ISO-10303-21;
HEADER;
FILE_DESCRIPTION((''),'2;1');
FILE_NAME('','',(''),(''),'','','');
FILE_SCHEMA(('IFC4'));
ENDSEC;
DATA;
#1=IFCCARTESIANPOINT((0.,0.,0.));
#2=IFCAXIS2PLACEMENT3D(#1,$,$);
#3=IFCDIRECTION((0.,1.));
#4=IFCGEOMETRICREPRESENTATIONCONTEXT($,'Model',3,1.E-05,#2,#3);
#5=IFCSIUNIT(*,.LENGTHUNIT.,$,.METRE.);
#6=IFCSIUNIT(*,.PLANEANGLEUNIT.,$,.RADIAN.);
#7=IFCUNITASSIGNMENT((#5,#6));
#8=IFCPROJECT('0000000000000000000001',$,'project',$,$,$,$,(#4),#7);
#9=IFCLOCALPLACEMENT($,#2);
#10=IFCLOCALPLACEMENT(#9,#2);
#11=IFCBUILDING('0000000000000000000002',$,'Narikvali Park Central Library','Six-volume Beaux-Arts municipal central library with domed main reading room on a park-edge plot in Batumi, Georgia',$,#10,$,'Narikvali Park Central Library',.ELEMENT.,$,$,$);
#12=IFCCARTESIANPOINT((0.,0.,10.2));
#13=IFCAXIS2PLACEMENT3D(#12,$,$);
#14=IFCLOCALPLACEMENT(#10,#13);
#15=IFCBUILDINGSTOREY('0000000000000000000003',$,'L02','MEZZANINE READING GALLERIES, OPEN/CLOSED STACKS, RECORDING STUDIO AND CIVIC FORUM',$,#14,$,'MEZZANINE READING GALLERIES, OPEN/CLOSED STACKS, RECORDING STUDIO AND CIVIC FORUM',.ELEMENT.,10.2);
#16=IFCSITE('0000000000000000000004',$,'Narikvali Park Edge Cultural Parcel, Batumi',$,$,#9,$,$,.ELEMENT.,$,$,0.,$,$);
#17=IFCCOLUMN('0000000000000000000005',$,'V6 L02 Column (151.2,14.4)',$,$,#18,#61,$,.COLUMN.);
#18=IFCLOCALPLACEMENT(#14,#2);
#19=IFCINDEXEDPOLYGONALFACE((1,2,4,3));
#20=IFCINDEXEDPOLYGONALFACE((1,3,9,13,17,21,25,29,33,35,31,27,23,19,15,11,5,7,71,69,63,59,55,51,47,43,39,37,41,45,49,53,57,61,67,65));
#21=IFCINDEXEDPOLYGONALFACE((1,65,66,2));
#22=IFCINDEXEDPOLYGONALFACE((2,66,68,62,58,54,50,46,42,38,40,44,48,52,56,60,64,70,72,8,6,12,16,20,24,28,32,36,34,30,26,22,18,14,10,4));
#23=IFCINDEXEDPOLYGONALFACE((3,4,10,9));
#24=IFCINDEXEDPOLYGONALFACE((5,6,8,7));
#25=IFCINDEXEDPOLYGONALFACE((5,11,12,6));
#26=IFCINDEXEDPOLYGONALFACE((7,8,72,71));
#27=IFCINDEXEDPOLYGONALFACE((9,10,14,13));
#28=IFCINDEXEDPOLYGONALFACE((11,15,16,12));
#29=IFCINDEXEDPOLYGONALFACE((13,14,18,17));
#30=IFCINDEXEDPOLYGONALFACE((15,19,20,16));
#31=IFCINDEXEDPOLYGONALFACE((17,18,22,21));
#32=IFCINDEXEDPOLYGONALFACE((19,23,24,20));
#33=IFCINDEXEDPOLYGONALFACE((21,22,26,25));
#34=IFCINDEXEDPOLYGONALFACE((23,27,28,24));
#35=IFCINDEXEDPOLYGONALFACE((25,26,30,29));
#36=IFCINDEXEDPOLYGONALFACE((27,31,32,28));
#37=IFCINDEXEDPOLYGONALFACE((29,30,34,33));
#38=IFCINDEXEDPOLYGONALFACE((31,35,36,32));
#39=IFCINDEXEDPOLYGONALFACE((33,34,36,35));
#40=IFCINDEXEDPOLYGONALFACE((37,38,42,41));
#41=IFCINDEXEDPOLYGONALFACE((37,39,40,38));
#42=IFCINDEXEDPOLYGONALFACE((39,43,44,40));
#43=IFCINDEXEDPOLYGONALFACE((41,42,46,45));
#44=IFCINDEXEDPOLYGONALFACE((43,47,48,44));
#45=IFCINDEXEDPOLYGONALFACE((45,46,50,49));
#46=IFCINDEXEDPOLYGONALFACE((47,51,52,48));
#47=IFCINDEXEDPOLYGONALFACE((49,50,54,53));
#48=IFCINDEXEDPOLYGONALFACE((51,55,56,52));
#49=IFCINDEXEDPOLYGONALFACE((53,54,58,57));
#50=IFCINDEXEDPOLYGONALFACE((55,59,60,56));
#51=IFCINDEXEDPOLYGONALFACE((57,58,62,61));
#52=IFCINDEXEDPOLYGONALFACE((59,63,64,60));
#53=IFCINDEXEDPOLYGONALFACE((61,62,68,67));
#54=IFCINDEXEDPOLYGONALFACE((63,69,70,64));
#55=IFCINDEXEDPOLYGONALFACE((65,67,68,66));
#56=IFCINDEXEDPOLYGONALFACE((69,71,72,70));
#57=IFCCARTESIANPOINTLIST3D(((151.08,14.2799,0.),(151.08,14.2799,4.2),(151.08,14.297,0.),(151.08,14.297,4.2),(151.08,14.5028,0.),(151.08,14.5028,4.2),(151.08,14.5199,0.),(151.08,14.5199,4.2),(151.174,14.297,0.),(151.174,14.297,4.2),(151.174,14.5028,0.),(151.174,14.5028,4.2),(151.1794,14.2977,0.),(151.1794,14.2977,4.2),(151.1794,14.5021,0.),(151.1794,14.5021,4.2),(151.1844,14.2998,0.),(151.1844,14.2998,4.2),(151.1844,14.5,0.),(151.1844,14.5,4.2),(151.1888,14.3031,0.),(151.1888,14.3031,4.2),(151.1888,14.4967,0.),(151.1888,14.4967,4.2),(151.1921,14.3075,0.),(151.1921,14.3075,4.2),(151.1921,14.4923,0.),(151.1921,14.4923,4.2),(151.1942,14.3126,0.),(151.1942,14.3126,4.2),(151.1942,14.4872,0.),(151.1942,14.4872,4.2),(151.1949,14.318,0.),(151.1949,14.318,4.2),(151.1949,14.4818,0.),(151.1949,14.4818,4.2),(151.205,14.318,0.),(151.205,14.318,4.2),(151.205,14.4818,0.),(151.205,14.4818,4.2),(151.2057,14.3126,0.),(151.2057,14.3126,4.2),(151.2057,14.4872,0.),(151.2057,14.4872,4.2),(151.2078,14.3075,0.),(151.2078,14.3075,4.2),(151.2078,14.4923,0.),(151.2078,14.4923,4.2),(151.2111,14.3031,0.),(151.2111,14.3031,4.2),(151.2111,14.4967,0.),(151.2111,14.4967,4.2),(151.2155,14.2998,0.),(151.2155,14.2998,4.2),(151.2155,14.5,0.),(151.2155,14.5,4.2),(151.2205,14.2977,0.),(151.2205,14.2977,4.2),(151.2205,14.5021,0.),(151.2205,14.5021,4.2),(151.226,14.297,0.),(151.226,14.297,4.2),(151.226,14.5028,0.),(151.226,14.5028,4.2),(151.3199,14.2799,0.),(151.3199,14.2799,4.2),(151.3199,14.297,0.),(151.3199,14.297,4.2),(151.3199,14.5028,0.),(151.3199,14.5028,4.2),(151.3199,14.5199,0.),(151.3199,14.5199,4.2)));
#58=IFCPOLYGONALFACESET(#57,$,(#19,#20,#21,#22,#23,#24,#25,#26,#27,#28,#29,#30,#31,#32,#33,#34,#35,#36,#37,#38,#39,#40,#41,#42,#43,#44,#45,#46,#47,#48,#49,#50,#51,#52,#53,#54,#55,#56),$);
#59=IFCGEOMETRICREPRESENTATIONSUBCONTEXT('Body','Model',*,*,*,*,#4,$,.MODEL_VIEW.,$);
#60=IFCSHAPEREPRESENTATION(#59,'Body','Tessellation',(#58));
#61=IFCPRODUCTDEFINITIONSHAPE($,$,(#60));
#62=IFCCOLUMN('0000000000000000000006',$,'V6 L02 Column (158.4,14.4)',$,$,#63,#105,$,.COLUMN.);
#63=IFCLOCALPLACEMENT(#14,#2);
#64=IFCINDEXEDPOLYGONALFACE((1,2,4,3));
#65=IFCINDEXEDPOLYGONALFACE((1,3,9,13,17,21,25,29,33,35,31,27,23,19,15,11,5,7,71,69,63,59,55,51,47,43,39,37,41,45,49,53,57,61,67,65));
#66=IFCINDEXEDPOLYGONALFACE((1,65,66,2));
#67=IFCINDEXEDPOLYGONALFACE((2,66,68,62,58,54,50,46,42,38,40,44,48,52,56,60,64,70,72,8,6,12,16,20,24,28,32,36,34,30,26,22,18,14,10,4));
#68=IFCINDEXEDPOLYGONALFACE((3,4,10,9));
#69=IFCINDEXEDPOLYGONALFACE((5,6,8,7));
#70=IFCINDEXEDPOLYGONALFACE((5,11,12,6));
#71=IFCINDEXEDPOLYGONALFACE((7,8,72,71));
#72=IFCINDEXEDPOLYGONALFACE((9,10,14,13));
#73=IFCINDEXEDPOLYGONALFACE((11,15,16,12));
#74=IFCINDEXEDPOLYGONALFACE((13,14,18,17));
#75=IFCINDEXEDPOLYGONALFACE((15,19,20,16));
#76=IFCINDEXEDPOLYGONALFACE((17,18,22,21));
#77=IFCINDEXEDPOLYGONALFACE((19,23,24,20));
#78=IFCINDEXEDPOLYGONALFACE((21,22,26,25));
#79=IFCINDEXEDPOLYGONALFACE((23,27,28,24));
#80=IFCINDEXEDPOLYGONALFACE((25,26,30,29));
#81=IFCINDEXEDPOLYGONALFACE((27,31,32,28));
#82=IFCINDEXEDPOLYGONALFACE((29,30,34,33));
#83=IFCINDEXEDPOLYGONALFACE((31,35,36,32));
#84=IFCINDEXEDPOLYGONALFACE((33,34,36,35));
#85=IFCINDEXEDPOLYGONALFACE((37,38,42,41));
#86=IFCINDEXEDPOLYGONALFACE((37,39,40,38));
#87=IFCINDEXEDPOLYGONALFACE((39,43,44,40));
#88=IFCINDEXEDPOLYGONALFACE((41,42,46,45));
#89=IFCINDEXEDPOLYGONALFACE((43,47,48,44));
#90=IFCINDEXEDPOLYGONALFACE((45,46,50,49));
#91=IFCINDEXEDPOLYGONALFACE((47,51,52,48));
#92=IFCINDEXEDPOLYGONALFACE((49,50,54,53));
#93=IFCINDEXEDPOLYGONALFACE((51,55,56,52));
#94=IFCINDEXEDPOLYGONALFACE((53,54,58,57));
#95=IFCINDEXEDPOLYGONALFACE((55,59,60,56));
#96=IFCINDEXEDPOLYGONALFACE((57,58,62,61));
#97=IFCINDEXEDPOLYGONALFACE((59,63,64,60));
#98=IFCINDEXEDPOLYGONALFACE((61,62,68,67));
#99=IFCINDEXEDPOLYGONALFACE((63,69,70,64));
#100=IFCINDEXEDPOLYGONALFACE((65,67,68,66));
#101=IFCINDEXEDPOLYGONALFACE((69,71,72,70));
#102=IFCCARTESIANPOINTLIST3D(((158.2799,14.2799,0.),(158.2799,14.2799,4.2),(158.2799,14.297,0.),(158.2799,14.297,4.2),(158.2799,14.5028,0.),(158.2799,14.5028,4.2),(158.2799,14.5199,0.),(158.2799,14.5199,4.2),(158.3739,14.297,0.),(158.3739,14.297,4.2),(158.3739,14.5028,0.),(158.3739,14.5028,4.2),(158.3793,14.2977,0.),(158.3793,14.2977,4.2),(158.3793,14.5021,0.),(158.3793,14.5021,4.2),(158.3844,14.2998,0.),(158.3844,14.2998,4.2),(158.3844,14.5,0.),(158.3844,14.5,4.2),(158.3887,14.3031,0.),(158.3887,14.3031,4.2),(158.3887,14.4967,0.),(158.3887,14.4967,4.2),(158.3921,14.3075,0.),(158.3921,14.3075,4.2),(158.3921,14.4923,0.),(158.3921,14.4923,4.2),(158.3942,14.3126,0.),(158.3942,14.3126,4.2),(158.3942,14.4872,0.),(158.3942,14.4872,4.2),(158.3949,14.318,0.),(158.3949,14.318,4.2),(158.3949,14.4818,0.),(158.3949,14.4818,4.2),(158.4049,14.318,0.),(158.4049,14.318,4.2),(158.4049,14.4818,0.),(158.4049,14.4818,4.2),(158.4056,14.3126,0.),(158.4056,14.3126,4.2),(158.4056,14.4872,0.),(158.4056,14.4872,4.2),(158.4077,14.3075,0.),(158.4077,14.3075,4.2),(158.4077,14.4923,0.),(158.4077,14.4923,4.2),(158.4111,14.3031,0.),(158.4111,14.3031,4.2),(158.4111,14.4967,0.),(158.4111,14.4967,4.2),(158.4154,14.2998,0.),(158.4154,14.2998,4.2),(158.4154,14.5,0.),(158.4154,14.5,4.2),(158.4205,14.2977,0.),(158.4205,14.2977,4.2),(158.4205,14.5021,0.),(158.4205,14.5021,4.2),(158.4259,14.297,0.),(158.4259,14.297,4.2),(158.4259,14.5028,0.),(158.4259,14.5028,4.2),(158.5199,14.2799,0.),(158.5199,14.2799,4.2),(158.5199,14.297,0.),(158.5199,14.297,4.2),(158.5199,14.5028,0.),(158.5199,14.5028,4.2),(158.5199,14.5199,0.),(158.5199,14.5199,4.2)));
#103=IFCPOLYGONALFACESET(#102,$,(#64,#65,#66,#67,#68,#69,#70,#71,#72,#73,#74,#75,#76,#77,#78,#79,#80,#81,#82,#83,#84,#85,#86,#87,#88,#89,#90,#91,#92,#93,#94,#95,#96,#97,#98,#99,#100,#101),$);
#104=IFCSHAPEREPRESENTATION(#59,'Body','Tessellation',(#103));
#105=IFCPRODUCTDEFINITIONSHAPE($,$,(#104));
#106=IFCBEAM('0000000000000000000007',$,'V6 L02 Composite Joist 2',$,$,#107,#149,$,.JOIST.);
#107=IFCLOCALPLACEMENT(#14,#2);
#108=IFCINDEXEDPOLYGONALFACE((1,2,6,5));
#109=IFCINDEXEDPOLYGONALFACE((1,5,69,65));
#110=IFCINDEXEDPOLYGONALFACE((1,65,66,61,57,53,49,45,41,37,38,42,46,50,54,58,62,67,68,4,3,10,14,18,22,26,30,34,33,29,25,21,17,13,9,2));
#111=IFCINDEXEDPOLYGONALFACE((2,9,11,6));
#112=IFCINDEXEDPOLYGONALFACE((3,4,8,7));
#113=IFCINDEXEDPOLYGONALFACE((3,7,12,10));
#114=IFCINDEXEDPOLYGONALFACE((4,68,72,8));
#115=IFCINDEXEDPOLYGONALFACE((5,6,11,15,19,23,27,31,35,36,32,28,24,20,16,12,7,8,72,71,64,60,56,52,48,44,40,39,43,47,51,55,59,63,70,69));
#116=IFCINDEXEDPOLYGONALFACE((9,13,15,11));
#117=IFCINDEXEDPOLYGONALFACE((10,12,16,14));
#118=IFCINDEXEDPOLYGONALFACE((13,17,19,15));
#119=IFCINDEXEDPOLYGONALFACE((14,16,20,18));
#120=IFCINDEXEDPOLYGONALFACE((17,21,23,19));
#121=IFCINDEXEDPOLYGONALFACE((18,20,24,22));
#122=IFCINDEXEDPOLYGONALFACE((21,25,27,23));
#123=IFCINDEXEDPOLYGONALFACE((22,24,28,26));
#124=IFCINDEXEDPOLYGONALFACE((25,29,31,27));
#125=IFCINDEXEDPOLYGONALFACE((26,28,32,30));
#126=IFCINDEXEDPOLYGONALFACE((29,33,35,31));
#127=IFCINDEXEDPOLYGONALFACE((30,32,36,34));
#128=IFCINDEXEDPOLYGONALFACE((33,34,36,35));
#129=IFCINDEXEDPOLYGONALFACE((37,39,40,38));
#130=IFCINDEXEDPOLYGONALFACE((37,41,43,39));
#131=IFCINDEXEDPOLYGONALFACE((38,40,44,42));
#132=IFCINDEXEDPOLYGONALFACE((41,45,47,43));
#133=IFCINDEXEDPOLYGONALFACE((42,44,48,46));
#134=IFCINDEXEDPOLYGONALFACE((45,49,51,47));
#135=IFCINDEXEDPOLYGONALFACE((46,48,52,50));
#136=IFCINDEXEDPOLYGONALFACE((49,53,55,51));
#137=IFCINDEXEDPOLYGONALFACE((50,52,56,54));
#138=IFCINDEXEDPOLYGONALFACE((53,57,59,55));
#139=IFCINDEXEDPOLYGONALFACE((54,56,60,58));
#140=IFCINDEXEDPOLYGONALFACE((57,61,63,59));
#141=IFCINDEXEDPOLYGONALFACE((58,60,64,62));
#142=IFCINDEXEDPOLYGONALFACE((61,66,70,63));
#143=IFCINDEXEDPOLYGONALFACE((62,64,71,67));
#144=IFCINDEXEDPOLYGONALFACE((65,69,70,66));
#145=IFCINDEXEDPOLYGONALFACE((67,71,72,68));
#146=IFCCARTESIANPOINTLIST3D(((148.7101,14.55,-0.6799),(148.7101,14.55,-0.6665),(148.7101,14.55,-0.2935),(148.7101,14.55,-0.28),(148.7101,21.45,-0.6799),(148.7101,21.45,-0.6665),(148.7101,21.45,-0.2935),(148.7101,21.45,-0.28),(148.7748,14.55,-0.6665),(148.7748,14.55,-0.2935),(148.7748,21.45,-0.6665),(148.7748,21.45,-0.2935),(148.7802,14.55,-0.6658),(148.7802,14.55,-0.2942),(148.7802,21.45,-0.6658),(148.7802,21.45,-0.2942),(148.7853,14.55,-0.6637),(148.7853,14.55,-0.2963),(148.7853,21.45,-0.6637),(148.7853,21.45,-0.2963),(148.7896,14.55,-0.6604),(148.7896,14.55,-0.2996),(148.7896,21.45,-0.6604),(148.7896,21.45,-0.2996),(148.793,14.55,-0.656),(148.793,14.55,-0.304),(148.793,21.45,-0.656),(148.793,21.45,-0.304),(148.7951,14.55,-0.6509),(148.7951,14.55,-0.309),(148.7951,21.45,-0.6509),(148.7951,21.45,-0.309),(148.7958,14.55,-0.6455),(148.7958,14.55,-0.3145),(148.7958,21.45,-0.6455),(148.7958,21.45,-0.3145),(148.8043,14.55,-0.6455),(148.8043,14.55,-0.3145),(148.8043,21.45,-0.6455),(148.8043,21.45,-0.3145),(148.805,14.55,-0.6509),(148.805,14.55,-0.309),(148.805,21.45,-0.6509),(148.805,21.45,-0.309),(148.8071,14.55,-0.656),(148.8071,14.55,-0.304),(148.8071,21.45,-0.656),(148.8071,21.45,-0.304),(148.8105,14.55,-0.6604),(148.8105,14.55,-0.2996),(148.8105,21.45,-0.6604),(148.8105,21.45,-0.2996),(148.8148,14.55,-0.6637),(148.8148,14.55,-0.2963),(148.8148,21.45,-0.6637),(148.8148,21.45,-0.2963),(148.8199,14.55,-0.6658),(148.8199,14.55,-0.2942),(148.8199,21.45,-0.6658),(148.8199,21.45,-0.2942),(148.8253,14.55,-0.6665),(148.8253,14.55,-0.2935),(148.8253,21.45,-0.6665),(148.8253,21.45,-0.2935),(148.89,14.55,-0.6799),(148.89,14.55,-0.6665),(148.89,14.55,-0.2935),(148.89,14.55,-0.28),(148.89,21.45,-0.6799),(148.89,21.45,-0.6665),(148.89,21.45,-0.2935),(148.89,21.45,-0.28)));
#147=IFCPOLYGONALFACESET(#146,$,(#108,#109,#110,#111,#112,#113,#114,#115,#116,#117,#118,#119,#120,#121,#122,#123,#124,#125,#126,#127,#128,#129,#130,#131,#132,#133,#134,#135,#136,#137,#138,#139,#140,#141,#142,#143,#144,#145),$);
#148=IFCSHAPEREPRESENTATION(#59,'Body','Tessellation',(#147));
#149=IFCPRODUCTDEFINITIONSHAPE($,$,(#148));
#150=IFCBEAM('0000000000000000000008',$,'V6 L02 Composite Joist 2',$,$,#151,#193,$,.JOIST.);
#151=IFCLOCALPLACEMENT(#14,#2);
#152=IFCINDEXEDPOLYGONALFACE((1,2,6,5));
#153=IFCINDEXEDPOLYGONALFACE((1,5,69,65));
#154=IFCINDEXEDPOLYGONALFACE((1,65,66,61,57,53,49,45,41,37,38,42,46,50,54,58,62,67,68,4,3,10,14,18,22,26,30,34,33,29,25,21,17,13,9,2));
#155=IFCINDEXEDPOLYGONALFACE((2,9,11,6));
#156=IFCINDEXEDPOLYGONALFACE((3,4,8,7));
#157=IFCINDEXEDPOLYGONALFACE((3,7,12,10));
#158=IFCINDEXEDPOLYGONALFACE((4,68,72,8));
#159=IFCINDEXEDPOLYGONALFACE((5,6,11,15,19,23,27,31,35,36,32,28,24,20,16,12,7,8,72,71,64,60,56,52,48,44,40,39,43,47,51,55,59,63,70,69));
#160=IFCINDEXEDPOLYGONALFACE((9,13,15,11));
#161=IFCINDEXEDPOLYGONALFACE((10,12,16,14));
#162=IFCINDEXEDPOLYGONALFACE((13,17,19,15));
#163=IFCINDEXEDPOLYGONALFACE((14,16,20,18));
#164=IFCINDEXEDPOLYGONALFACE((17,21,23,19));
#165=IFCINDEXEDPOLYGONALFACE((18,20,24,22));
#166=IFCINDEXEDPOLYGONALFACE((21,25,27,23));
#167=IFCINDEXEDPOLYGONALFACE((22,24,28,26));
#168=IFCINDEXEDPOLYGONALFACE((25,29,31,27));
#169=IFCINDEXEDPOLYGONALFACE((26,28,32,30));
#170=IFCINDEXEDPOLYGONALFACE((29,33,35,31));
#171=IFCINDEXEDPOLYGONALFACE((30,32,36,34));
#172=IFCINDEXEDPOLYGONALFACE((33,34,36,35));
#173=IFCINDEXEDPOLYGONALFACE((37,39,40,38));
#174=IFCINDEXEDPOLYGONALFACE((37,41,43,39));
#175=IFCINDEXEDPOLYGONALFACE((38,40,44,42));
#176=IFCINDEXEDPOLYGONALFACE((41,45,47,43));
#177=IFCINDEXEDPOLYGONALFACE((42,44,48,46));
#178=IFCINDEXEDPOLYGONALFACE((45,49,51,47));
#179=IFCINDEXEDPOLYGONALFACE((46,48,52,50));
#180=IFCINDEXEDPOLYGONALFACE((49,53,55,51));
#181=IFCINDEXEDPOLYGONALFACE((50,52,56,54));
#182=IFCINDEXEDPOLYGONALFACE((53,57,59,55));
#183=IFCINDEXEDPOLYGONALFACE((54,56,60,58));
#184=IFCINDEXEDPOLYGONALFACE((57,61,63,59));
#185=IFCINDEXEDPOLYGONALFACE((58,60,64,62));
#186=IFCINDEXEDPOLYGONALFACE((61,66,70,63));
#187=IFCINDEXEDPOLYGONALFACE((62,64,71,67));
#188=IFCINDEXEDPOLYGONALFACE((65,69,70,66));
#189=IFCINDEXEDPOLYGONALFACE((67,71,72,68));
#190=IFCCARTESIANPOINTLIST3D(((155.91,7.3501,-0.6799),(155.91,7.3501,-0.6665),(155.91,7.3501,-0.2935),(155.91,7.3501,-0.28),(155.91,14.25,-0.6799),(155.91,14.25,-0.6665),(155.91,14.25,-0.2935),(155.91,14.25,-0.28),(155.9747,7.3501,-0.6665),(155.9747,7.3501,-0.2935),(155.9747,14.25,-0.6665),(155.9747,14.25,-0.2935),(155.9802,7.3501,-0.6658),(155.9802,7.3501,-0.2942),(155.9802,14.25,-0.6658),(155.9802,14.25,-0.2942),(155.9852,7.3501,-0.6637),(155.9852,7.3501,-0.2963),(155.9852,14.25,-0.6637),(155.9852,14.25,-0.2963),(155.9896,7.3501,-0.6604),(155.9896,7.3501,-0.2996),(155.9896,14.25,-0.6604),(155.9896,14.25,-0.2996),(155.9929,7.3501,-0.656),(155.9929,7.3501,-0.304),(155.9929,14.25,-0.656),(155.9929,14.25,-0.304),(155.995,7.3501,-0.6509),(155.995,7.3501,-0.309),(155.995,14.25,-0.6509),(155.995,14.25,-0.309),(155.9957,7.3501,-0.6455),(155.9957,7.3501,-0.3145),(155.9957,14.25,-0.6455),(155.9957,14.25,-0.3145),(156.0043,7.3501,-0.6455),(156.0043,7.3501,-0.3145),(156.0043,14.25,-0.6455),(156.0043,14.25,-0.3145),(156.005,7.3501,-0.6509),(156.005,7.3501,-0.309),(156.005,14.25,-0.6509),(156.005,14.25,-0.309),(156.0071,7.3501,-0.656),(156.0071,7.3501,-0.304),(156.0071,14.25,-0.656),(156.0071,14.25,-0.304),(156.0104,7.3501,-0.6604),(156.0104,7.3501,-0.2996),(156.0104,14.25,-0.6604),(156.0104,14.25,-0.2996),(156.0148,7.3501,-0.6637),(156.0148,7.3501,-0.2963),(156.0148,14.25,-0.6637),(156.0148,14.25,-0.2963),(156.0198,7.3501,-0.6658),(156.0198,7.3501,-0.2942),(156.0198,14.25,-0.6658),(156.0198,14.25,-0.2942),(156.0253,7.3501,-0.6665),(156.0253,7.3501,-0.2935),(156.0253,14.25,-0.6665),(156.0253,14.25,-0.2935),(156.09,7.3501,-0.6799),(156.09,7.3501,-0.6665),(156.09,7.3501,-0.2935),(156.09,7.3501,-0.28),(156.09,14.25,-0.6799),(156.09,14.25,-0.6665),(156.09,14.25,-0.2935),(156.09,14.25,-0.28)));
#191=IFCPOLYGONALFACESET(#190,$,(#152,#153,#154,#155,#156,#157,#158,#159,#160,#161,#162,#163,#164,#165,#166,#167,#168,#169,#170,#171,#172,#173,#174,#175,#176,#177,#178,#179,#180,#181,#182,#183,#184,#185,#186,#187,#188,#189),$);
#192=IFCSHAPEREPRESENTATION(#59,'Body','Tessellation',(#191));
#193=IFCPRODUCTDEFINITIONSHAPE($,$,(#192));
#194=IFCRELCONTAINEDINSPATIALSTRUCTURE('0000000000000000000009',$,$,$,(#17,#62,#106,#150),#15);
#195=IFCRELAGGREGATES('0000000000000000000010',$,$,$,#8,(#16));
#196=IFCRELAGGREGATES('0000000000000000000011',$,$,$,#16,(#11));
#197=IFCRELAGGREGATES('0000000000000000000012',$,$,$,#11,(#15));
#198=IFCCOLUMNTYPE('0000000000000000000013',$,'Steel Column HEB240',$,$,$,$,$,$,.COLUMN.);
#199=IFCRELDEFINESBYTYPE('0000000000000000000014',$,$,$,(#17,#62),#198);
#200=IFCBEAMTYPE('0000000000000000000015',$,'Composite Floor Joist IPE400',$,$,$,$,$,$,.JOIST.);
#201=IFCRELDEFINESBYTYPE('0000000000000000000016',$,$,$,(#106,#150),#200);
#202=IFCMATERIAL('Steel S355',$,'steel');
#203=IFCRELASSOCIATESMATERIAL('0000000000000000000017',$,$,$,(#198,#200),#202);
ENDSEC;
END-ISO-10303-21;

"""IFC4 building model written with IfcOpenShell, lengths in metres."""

from ifc_helpers import new_model, si_unit, direction, frame, origin, origin_2d, place, context, subcontext, project, spatial, i_section, extrude, material, material_profile, profile_set, type_object, element, save


model = new_model("IFC4")

# Units and contexts
model_context = context("Model", 3, precision=1e-05, world=origin(), true_north=direction((0.0, 1.0)))
body_context = subcontext(model_context, "Body", "Model", "MODEL_VIEW")
ifc_project = project(units=[si_unit("LENGTHUNIT", "METRE"), si_unit("PLANEANGLEUNIT", "RADIAN")], contexts=[model_context])

# Site, building, storey
site_placement = place(None, origin())
site = spatial("IfcSite", under=ifc_project, at=site_placement, Name="Narikvali Park Edge Cultural Parcel, Batumi", CompositionType="ELEMENT", RefElevation=0.0)
building_placement = place(site_placement, origin())
building = spatial("IfcBuilding", under=site, at=building_placement, Name="Narikvali Park Central Library", Description="Six-volume Beaux-Arts municipal central library with domed main reading room on a park-edge plot in Batumi, Georgia", LongName="Narikvali Park Central Library", CompositionType="ELEMENT")
storey_placement = place(building_placement, frame((0.0, 0.0, 10.2)))
storey = spatial("IfcBuildingStorey", under=building, at=storey_placement, Name="L02", Description="MEZZANINE READING GALLERIES, OPEN/CLOSED STACKS, RECORDING STUDIO AND CIVIC FORUM", LongName="MEZZANINE READING GALLERIES, OPEN/CLOSED STACKS, RECORDING STUDIO AND CIVIC FORUM", CompositionType="ELEMENT", Elevation=10.2)

# Columns
ifc_material_1 = material(Name="Steel S355", Category="steel")
ifc_material_profile_1 = material_profile(ifc_material_1, i_section(OverallWidth=0.24, OverallDepth=0.24, WebThickness=0.01, FlangeThickness=0.0171, FilletRadius=0.021, at=origin_2d()), Name="HEB 240")
ifc_profile_set_1 = profile_set([ifc_material_profile_1], Name="Steel S355")
column_type = type_object("IfcColumnType", Name="Steel Column HEB240", PredefinedType="COLUMN", material=ifc_profile_set_1)
for number, where, z_axis, x_axis, name in (
    (1, (151.2, 14.3999, 0.0), (0.0, 0.0, 1.0), (1.0, 0.0, 0.0), "V6 L02 Column (151.2,14.4)"),
    (2, (158.3999, 14.3999, 0.0), (0.0, 0.0, 1.0), (1.0, 0.0, 0.0), "V6 L02 Column (158.4,14.4)"),
):
    element("IfcColumn", number, at=place(storey_placement, frame(where, z_axis=z_axis, x_axis=x_axis)), inside=storey, type_object=column_type, Name=name, PredefinedType="COLUMN", context=body_context, shape_type="SweptSolid", body=[
        extrude(i_section(OverallWidth=0.24, OverallDepth=0.24, WebThickness=0.01, FlangeThickness=0.0171, FilletRadius=0.021, at=origin_2d()), origin(), (0.0, 0.0, 1.0), 4.2),
    ])

# Beams
ifc_material_profile_2 = material_profile(ifc_material_1, i_section(OverallWidth=0.1799, OverallDepth=0.3999, WebThickness=0.0085, FlangeThickness=0.0134, FilletRadius=0.021, at=origin_2d()), Name="IPE 400")
ifc_profile_set_2 = profile_set([ifc_material_profile_2], Name="Steel S355")
beam_type_1 = type_object("IfcBeamType", Name="Composite Floor Joist IPE400", PredefinedType="JOIST", material=ifc_profile_set_2)
for number, where, z_axis, x_axis, name in (
    (3, (148.8, 14.55, -0.48), (0.0, 1.0, 0.0), (-1.0, 0.0, 0.0), "V6 L02 Composite Joist 2"),
    (4, (156.0, 7.3501, -0.48), (0.0, 1.0, 0.0), (-1.0, 0.0, 0.0), "V6 L02 Composite Joist 2"),
):
    element("IfcBeam", number, at=place(storey_placement, frame(where, z_axis=z_axis, x_axis=x_axis)), inside=storey, type_object=beam_type_1, Name=name, PredefinedType="JOIST", context=body_context, shape_type="SweptSolid", body=[
        extrude(i_section(OverallWidth=0.1799, OverallDepth=0.3999, WebThickness=0.0085, FlangeThickness=0.0134, FilletRadius=0.021, at=origin_2d()), origin(), (0.0, 0.0, 1.0), 6.8999),
    ])

save(model, "model.ifc")
